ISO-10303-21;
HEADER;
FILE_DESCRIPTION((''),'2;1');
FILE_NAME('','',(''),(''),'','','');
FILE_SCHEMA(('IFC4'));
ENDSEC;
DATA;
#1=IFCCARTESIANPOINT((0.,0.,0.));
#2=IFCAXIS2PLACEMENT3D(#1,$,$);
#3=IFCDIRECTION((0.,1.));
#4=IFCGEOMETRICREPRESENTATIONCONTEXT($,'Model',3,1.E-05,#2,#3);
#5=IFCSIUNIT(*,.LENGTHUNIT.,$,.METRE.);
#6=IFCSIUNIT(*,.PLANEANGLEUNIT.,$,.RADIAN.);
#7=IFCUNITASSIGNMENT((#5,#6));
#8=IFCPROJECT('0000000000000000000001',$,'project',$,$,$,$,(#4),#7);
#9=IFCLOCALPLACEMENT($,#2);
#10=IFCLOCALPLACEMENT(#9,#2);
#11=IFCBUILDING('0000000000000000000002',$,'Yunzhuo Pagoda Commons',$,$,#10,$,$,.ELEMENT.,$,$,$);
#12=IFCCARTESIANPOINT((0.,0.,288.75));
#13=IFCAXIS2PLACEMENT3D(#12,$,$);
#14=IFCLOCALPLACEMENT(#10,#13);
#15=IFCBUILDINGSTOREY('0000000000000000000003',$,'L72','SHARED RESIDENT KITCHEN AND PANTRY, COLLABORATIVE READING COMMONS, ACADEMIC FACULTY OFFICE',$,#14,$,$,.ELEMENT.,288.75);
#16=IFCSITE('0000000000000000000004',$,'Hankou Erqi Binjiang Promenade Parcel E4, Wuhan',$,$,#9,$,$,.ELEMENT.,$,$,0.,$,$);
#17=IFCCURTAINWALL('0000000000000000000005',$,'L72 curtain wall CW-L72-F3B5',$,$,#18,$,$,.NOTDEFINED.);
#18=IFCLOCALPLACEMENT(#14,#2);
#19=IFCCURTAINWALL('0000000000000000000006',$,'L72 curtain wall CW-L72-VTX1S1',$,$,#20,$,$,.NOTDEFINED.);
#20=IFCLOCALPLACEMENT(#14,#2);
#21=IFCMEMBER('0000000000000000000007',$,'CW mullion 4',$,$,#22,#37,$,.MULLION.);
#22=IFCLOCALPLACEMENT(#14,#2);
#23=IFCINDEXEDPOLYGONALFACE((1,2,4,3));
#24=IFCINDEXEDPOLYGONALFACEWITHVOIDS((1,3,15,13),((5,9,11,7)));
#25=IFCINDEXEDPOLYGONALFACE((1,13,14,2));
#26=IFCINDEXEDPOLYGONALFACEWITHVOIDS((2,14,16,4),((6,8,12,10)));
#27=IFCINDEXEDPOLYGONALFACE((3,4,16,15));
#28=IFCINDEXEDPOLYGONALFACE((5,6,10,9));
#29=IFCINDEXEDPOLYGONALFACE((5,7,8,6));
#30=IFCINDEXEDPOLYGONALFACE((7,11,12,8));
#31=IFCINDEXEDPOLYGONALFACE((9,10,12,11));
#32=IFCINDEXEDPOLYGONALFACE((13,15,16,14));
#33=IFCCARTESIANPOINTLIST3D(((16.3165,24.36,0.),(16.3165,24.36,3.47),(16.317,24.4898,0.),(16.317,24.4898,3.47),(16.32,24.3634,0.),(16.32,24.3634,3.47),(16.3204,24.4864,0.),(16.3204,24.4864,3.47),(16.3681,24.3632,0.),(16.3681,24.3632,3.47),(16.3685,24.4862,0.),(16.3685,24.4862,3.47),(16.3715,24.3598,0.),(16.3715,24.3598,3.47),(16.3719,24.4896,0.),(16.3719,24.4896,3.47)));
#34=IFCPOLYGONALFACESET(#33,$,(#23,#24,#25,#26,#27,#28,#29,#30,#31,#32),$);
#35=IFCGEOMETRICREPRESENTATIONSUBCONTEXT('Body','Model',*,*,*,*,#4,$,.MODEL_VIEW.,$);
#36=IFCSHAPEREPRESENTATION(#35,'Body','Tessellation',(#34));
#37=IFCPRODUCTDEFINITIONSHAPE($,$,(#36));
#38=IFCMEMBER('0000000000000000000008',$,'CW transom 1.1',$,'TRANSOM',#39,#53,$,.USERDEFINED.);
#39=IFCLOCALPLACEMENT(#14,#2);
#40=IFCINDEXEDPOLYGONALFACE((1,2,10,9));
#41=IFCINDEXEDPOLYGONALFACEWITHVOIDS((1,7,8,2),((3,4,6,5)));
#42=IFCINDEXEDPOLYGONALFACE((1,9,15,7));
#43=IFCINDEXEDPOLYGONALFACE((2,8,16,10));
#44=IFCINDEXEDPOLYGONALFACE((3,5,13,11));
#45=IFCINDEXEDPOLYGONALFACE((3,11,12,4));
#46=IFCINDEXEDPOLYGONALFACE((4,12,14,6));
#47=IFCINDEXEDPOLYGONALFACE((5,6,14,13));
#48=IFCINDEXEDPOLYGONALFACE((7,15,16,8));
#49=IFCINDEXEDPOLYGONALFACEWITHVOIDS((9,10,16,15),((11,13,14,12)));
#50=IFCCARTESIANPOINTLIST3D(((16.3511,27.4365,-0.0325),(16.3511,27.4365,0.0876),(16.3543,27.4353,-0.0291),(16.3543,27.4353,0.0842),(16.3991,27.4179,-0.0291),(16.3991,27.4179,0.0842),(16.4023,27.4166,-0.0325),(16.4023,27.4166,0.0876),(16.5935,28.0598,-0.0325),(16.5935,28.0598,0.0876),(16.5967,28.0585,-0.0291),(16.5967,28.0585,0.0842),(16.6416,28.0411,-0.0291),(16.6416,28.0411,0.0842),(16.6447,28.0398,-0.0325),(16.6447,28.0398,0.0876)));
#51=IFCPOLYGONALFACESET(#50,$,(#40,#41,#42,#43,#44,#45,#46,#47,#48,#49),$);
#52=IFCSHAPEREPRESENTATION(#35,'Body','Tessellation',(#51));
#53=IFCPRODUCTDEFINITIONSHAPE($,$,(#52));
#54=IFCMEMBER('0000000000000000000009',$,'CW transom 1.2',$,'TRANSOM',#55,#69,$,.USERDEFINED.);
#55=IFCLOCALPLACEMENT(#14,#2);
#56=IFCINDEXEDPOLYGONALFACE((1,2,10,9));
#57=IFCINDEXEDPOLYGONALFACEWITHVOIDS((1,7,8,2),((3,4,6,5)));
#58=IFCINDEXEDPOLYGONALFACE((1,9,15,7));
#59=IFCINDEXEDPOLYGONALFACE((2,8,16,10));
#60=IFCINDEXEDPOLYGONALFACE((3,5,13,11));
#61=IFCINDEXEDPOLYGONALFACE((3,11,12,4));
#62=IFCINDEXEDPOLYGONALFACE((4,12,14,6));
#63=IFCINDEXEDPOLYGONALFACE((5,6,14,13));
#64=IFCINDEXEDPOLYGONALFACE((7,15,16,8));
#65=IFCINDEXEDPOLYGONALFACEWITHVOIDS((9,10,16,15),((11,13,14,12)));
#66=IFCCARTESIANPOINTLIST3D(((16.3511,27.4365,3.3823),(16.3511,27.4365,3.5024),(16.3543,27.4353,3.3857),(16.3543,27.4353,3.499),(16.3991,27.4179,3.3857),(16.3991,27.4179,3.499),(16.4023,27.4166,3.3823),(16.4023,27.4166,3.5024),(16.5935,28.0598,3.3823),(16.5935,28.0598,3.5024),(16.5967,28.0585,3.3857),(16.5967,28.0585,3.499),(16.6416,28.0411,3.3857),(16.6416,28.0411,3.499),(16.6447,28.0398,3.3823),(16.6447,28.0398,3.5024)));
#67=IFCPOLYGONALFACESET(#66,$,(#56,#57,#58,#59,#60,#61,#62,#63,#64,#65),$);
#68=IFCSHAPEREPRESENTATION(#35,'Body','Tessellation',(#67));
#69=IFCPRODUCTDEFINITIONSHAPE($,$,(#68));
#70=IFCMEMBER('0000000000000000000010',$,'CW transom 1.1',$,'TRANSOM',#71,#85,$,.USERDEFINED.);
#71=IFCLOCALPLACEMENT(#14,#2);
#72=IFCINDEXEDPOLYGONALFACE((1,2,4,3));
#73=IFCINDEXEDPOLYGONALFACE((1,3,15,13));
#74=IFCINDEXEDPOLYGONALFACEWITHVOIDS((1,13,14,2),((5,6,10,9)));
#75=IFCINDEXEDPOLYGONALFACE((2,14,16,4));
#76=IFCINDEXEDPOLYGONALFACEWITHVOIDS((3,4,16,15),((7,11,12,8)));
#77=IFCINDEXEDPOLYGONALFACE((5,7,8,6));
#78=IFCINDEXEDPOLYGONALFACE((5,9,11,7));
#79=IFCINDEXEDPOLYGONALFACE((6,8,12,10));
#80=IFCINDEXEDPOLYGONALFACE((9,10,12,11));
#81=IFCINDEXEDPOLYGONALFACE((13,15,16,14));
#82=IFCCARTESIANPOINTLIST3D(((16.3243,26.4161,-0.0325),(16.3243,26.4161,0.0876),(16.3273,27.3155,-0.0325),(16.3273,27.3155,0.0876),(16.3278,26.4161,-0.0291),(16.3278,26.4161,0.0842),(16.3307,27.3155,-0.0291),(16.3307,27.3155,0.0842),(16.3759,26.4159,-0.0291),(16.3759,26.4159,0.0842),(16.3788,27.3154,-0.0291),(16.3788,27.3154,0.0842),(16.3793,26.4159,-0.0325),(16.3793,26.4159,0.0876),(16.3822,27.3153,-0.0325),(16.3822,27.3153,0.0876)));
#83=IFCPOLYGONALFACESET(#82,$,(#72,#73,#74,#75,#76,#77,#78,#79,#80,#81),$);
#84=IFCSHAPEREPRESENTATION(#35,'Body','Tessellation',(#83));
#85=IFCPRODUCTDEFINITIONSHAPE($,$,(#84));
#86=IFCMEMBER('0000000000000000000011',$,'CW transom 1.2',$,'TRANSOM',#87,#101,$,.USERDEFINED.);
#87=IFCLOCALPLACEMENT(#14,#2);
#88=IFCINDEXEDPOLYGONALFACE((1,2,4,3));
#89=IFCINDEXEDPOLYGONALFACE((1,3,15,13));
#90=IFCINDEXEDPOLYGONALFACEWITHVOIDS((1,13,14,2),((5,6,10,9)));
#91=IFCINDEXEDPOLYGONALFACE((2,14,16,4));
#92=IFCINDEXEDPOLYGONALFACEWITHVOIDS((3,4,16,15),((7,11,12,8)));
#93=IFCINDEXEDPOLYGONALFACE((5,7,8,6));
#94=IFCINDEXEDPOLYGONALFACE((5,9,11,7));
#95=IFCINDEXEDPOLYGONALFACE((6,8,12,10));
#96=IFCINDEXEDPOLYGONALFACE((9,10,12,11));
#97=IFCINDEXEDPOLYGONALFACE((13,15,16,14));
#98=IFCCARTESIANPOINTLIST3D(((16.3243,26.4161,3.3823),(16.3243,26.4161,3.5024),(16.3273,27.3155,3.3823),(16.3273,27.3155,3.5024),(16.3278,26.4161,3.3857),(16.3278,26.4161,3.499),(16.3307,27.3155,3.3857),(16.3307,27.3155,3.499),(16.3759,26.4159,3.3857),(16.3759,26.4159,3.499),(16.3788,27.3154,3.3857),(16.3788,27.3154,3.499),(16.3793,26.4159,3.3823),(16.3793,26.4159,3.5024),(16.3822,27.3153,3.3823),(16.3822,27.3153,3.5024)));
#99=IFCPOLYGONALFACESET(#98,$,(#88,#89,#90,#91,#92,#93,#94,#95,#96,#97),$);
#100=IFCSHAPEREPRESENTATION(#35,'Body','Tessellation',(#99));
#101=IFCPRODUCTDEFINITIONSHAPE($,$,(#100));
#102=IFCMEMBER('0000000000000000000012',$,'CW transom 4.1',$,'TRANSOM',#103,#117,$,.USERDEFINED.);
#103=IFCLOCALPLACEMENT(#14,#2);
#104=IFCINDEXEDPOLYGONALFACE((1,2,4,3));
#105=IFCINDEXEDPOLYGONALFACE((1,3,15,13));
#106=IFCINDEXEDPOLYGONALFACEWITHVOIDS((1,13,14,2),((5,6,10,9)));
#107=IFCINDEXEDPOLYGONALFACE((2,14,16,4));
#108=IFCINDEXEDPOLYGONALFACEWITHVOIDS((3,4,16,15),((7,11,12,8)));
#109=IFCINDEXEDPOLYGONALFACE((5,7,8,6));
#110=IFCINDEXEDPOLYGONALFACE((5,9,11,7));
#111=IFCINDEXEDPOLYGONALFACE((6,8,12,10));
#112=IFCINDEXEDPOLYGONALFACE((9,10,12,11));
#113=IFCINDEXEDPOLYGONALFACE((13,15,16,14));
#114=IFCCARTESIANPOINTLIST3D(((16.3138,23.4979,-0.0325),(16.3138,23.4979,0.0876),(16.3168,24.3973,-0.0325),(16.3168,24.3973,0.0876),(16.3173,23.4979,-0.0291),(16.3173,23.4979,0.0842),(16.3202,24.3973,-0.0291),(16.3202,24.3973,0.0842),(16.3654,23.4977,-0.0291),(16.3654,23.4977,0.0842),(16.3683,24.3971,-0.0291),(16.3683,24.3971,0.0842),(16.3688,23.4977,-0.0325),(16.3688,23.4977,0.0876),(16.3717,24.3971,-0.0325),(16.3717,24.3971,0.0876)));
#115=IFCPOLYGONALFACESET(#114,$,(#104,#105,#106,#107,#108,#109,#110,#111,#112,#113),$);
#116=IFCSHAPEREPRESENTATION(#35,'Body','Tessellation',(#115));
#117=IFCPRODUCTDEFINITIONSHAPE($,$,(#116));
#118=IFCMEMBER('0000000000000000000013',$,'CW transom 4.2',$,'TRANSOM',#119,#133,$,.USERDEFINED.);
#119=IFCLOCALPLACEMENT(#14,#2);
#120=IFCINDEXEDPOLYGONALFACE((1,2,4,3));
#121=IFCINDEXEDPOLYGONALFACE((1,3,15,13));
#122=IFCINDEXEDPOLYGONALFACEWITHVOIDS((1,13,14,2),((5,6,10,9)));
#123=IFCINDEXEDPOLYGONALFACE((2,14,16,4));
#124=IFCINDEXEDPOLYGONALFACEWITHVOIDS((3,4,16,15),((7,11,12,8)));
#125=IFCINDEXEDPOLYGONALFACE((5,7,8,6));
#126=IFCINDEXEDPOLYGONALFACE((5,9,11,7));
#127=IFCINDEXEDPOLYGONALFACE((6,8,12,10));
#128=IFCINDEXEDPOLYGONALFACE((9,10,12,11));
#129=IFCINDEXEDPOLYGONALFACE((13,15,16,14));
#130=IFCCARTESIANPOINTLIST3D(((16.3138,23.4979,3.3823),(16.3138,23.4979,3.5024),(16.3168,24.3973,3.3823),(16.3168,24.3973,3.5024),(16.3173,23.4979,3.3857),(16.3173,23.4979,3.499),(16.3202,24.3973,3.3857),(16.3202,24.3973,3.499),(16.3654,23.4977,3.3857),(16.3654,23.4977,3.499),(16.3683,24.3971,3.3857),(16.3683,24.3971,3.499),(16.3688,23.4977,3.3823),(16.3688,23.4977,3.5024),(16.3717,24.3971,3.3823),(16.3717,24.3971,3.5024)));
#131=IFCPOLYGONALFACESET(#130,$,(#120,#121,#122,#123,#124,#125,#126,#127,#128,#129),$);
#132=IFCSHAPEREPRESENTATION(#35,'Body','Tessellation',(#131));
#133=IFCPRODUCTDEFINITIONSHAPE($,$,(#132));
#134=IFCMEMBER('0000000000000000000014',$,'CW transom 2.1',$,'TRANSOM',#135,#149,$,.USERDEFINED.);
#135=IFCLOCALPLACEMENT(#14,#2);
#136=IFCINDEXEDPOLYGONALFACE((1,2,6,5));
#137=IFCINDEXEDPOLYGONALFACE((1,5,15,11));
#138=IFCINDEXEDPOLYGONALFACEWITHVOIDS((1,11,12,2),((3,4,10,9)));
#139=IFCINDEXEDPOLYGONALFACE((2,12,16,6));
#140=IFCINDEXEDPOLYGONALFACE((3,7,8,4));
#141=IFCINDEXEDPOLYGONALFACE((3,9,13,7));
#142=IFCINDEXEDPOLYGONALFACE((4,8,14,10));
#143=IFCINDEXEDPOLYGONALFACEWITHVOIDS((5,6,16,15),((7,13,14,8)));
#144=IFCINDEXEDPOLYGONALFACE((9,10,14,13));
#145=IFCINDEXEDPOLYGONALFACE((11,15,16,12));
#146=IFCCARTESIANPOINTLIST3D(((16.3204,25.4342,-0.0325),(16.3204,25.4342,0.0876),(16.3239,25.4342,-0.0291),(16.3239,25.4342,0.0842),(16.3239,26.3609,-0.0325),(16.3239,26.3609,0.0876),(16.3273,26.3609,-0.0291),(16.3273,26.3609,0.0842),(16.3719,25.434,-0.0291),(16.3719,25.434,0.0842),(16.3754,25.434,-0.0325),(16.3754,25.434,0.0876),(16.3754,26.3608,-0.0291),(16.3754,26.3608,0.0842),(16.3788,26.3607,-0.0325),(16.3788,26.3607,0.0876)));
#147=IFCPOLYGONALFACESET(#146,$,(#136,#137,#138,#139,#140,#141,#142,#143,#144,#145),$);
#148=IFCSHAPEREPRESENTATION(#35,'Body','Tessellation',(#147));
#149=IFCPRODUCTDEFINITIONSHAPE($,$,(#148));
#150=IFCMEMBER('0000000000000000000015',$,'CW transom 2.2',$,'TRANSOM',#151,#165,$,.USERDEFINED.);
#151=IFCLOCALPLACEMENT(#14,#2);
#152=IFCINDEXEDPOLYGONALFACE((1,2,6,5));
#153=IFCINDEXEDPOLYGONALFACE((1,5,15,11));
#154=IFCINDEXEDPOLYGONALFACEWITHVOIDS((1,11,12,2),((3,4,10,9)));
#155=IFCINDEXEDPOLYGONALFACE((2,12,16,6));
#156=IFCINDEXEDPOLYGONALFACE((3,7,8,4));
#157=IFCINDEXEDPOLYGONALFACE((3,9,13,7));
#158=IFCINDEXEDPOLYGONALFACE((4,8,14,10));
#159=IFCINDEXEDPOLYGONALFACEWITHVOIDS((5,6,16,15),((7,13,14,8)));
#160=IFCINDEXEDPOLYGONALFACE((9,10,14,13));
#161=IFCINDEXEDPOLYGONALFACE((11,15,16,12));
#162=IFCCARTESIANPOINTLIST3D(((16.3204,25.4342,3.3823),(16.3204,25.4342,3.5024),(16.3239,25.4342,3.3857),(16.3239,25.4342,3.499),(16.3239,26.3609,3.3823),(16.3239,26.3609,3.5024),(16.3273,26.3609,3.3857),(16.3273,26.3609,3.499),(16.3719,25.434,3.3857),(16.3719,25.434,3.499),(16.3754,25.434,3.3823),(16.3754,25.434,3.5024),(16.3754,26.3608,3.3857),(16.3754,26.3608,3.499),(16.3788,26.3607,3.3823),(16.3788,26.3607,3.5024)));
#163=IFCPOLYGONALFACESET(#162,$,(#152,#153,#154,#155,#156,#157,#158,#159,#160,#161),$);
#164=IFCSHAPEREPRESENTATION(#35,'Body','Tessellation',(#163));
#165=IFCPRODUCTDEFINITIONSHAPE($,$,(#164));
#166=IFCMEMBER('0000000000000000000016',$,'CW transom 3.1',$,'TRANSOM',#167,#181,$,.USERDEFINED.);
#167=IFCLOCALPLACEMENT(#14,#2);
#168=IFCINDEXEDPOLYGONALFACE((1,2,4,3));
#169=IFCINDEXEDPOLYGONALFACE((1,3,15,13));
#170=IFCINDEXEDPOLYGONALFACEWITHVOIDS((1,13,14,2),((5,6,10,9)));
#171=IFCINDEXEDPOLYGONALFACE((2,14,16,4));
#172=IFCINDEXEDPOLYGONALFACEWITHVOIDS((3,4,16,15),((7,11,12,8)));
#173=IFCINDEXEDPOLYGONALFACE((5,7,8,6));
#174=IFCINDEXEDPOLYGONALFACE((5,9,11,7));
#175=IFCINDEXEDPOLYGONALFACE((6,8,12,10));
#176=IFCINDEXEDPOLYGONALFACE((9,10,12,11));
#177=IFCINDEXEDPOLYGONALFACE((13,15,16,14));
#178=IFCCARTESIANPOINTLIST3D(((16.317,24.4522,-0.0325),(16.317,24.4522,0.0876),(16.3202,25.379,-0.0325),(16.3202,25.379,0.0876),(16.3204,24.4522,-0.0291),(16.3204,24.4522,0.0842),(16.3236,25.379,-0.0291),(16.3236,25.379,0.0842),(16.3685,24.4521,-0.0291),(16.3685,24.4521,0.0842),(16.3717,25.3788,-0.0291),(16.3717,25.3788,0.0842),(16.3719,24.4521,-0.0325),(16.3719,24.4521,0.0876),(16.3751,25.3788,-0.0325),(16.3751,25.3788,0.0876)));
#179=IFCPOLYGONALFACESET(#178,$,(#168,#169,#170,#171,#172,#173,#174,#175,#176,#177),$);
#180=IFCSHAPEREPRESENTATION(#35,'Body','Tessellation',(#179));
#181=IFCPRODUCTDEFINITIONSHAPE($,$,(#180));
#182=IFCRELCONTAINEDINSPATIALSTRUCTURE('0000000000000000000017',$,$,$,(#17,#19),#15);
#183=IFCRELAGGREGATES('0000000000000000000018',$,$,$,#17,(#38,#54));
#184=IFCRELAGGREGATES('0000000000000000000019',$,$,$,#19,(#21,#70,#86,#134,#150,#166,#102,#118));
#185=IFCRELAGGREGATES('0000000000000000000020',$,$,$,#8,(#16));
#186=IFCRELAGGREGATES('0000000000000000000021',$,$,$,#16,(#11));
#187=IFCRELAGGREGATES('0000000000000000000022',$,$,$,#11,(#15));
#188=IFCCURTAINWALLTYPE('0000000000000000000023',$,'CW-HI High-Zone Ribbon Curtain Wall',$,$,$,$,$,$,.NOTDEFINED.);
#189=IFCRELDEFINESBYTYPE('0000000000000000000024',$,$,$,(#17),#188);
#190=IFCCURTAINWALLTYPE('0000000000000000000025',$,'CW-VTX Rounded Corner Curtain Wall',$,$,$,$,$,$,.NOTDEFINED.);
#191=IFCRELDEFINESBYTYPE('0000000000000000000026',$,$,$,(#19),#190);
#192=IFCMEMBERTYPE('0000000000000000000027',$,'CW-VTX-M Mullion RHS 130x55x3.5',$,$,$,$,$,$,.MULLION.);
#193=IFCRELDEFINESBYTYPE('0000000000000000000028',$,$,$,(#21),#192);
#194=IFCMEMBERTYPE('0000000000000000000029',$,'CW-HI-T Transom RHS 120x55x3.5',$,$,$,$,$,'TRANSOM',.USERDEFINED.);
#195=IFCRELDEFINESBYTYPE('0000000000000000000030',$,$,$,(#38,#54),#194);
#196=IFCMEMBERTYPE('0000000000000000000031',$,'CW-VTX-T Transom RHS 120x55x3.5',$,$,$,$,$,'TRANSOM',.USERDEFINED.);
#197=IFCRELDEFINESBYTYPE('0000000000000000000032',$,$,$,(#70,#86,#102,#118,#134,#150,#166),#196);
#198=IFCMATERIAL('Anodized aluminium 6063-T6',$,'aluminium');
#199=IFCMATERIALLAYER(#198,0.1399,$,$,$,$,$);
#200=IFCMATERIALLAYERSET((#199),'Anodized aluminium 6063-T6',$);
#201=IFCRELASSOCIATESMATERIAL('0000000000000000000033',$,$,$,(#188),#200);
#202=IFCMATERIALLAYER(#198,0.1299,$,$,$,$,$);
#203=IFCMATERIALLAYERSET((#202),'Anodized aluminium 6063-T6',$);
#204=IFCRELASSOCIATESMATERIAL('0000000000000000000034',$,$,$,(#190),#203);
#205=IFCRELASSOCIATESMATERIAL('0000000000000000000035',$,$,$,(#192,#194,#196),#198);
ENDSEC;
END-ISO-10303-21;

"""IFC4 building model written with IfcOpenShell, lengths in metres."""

from ifc_helpers import new_model, si_unit, direction, frame, origin, origin_2d, place, context, subcontext, project, spatial, hollow_rectangle, extrude, source, transform, mapped, material, layer, layer_set, material_profile, profile_set, type_object, element, aggregate, save


model = new_model("IFC4")

# Units and contexts
model_context = context("Model", 3, precision=1e-05, world=origin(), true_north=direction((0.0, 1.0)))
body_context = subcontext(model_context, "Body", "Model", "MODEL_VIEW")
ifc_project = project(units=[si_unit("LENGTHUNIT", "METRE"), si_unit("PLANEANGLEUNIT", "RADIAN")], contexts=[model_context])

# Site, building, storey
site_placement = place(None, origin())
site = spatial("IfcSite", under=ifc_project, at=site_placement, Name="Hankou Erqi Binjiang Promenade Parcel E4, Wuhan", CompositionType="ELEMENT", RefElevation=0.0)
building_placement = place(site_placement, origin())
building = spatial("IfcBuilding", under=site, at=building_placement, Name="Yunzhuo Pagoda Commons", CompositionType="ELEMENT")
storey_placement = place(building_placement, frame((0.0, 0.0, 288.75)))
storey = spatial("IfcBuildingStorey", under=building, at=storey_placement, Name="L72", Description="SHARED RESIDENT KITCHEN AND PANTRY, COLLABORATIVE READING COMMONS, ACADEMIC FACULTY OFFICE", CompositionType="ELEMENT", Elevation=288.75)

# Shared definitions
ifc_material_1 = material(Name="Anodized aluminium 6063-T6", Category="aluminium")
ifc_layer_1 = layer(ifc_material_1, 0.1399)
ifc_layer_set_1 = layer_set([ifc_layer_1], Name="Anodized aluminium 6063-T6")
curtain_wall_type_1 = type_object("IfcCurtainWallType", Name="CW-HI High-Zone Ribbon Curtain Wall", PredefinedType="NOTDEFINED", material=ifc_layer_set_1)

# Curtain walls, member
curtain_wall_1_placement = place(storey_placement, origin())
curtain_wall_1 = element("IfcCurtainWall", 1, at=curtain_wall_1_placement, inside=storey, type_object=curtain_wall_type_1, Name="L72 curtain wall CW-L72-F3B5", PredefinedType="NOTDEFINED")
ifc_layer_2 = layer(ifc_material_1, 0.1299)
ifc_layer_set_2 = layer_set([ifc_layer_2], Name="Anodized aluminium 6063-T6")
curtain_wall_type_2 = type_object("IfcCurtainWallType", Name="CW-VTX Rounded Corner Curtain Wall", PredefinedType="NOTDEFINED", material=ifc_layer_set_2)
curtain_wall_2_placement = place(storey_placement, origin())
curtain_wall_2 = element("IfcCurtainWall", 2, at=curtain_wall_2_placement, inside=storey, type_object=curtain_wall_type_2, Name="L72 curtain wall CW-L72-VTX1S1", PredefinedType="NOTDEFINED")
ifc_material_profile_1 = material_profile(ifc_material_1, hollow_rectangle(XDim=0.0549, YDim=0.1299, WallThickness=0.0034, at=origin_2d()), Name="Anodized aluminium 6063-T6")
ifc_profile_set_1 = profile_set([ifc_material_profile_1], Name="Anodized aluminium 6063-T6")
member_type_1 = type_object("IfcMemberType", Name="CW-VTX-M Mullion RHS 130x55x3.5", PredefinedType="MULLION", material=ifc_profile_set_1)
shared_shape_1 = source(origin(), body_context, "Body", "SweptSolid", [
    extrude(hollow_rectangle(XDim=0.0549, YDim=0.1299, WallThickness=0.0034, at=origin_2d()), origin(), (0.0, 0.0, 1.0), 3.47),
])
member_1_placement = place(storey_placement, frame((16.3442, 24.4248, 0.0), z_axis=(0.0, 0.0, 1.0), x_axis=(0.999994, -0.00359, 0.0)))
member_1 = element("IfcMember", 3, at=member_1_placement, type_object=member_type_1, Name="CW mullion 4", PredefinedType="MULLION", context=body_context, shape_type="MappedRepresentation", body=[
    mapped(shared_shape_1, transform((0.0, 0.0, 0.0), scale=1.0)),
])

# Members
ifc_material_profile_2 = material_profile(ifc_material_1, hollow_rectangle(XDim=0.0549, YDim=0.1201, WallThickness=0.0034, at=origin_2d()), Name="Anodized aluminium 6063-T6")
ifc_profile_set_2 = profile_set([ifc_material_profile_2], Name="Anodized aluminium 6063-T6")
member_type_2 = type_object("IfcMemberType", Name="CW-HI-T Transom RHS 120x55x3.5", ElementType="TRANSOM", PredefinedType="USERDEFINED", material=ifc_profile_set_2)
shared_shape_2 = source(origin(), body_context, "Body", "SweptSolid", [
    extrude(hollow_rectangle(XDim=0.0549, YDim=0.1201, WallThickness=0.0034, at=origin_2d()), origin(), (0.0, 0.0, 1.0), 0.6687),
])
member_2_placement = place(storey_placement, frame((16.6191, 28.0498, 0.0276), z_axis=(-0.362499, -0.931984, 0.0), x_axis=(0.931984, -0.362499, 0.0)))
member_2 = element("IfcMember", 4, at=member_2_placement, type_object=member_type_2, Name="CW transom 1.1", ObjectType="TRANSOM", PredefinedType="USERDEFINED", context=body_context, shape_type="MappedRepresentation", body=[
    mapped(shared_shape_2, transform((0.0, 0.0, 0.0), scale=1.0)),
])
member_3_placement = place(storey_placement, frame((16.6191, 28.0498, 3.4424), z_axis=(-0.362499, -0.931984, 0.0), x_axis=(0.931984, -0.362499, 0.0)))
member_3 = element("IfcMember", 5, at=member_3_placement, type_object=member_type_2, Name="CW transom 1.2", ObjectType="TRANSOM", PredefinedType="USERDEFINED", context=body_context, shape_type="MappedRepresentation", body=[
    mapped(shared_shape_2, transform((0.0, 0.0, 0.0), scale=1.0)),
])
ifc_material_profile_3 = material_profile(ifc_material_1, hollow_rectangle(XDim=0.0549, YDim=0.1201, WallThickness=0.0034, at=origin_2d()), Name="Anodized aluminium 6063-T6")
ifc_profile_set_3 = profile_set([ifc_material_profile_3], Name="Anodized aluminium 6063-T6")
member_type_3 = type_object("IfcMemberType", Name="CW-VTX-T Transom RHS 120x55x3.5", ElementType="TRANSOM", PredefinedType="USERDEFINED", material=ifc_profile_set_3)
shared_shape_3 = source(origin(), body_context, "Body", "SweptSolid", [
    extrude(hollow_rectangle(XDim=0.0549, YDim=0.1201, WallThickness=0.0034, at=origin_2d()), origin(), (0.0, 0.0, 1.0), 0.8994),
])
member_4_placement = place(storey_placement, frame((16.3547, 27.3154, 0.0276), z_axis=(-0.003257, -0.999995, 0.0), x_axis=(0.999995, -0.003257, 0.0)))
member_4 = element("IfcMember", 6, at=member_4_placement, type_object=member_type_3, Name="CW transom 1.1", ObjectType="TRANSOM", PredefinedType="USERDEFINED", context=body_context, shape_type="MappedRepresentation", body=[
    mapped(shared_shape_3, transform((0.0, 0.0, 0.0), scale=1.0)),
])
member_5_placement = place(storey_placement, frame((16.3547, 27.3154, 3.4424), z_axis=(-0.003257, -0.999995, 0.0), x_axis=(0.999995, -0.003257, 0.0)))
member_5 = element("IfcMember", 7, at=member_5_placement, type_object=member_type_3, Name="CW transom 1.2", ObjectType="TRANSOM", PredefinedType="USERDEFINED", context=body_context, shape_type="MappedRepresentation", body=[
    mapped(shared_shape_3, transform((0.0, 0.0, 0.0), scale=1.0)),
])
member_6_placement = place(storey_placement, frame((16.3442, 24.3972, 0.0276), z_axis=(-0.003257, -0.999995, 0.0), x_axis=(0.999995, -0.003257, 0.0)))
member_6 = element("IfcMember", 8, at=member_6_placement, type_object=member_type_3, Name="CW transom 4.1", ObjectType="TRANSOM", PredefinedType="USERDEFINED", context=body_context, shape_type="MappedRepresentation", body=[
    mapped(shared_shape_3, transform((0.0, 0.0, 0.0), scale=1.0)),
])
member_7_placement = place(storey_placement, frame((16.3442, 24.3972, 3.4424), z_axis=(-0.003257, -0.999995, 0.0), x_axis=(0.999995, -0.003257, 0.0)))
member_7 = element("IfcMember", 9, at=member_7_placement, type_object=member_type_3, Name="CW transom 4.2", ObjectType="TRANSOM", PredefinedType="USERDEFINED", context=body_context, shape_type="MappedRepresentation", body=[
    mapped(shared_shape_3, transform((0.0, 0.0, 0.0), scale=1.0)),
])
shared_shape_4 = source(origin(), body_context, "Body", "SweptSolid", [
    extrude(hollow_rectangle(XDim=0.0549, YDim=0.1201, WallThickness=0.0034, at=origin_2d()), origin(), (0.0, 0.0, 1.0), 0.9268),
])
member_8_placement = place(storey_placement, frame((16.3513, 26.3608, 0.0276), z_axis=(-0.003688, -0.999993, 0.0), x_axis=(0.999993, -0.003688, 0.0)))
member_8 = element("IfcMember", 10, at=member_8_placement, type_object=member_type_3, Name="CW transom 2.1", ObjectType="TRANSOM", PredefinedType="USERDEFINED", context=body_context, shape_type="MappedRepresentation", body=[
    mapped(shared_shape_4, transform((0.0, 0.0, 0.0), scale=1.0)),
])
member_9_placement = place(storey_placement, frame((16.3513, 26.3608, 3.4424), z_axis=(-0.003688, -0.999993, 0.0), x_axis=(0.999993, -0.003688, 0.0)))
member_9 = element("IfcMember", 11, at=member_9_placement, type_object=member_type_3, Name="CW transom 2.2", ObjectType="TRANSOM", PredefinedType="USERDEFINED", context=body_context, shape_type="MappedRepresentation", body=[
    mapped(shared_shape_4, transform((0.0, 0.0, 0.0), scale=1.0)),
])
member_10_placement = place(storey_placement, frame((16.3477, 25.3789, 0.0276), z_axis=(-0.003425, -0.999994, 0.0), x_axis=(0.999994, -0.003425, 0.0)))
member_10 = element("IfcMember", 12, at=member_10_placement, type_object=member_type_3, Name="CW transom 3.1", ObjectType="TRANSOM", PredefinedType="USERDEFINED", context=body_context, shape_type="MappedRepresentation", body=[
    mapped(shared_shape_4, transform((0.0, 0.0, 0.0), scale=1.0)),
])

aggregate(curtain_wall_1, [member_2, member_3])
aggregate(curtain_wall_2, [member_1, member_4, member_5, member_8, member_9, member_10, member_6, member_7])

save(model, "model.ifc")
